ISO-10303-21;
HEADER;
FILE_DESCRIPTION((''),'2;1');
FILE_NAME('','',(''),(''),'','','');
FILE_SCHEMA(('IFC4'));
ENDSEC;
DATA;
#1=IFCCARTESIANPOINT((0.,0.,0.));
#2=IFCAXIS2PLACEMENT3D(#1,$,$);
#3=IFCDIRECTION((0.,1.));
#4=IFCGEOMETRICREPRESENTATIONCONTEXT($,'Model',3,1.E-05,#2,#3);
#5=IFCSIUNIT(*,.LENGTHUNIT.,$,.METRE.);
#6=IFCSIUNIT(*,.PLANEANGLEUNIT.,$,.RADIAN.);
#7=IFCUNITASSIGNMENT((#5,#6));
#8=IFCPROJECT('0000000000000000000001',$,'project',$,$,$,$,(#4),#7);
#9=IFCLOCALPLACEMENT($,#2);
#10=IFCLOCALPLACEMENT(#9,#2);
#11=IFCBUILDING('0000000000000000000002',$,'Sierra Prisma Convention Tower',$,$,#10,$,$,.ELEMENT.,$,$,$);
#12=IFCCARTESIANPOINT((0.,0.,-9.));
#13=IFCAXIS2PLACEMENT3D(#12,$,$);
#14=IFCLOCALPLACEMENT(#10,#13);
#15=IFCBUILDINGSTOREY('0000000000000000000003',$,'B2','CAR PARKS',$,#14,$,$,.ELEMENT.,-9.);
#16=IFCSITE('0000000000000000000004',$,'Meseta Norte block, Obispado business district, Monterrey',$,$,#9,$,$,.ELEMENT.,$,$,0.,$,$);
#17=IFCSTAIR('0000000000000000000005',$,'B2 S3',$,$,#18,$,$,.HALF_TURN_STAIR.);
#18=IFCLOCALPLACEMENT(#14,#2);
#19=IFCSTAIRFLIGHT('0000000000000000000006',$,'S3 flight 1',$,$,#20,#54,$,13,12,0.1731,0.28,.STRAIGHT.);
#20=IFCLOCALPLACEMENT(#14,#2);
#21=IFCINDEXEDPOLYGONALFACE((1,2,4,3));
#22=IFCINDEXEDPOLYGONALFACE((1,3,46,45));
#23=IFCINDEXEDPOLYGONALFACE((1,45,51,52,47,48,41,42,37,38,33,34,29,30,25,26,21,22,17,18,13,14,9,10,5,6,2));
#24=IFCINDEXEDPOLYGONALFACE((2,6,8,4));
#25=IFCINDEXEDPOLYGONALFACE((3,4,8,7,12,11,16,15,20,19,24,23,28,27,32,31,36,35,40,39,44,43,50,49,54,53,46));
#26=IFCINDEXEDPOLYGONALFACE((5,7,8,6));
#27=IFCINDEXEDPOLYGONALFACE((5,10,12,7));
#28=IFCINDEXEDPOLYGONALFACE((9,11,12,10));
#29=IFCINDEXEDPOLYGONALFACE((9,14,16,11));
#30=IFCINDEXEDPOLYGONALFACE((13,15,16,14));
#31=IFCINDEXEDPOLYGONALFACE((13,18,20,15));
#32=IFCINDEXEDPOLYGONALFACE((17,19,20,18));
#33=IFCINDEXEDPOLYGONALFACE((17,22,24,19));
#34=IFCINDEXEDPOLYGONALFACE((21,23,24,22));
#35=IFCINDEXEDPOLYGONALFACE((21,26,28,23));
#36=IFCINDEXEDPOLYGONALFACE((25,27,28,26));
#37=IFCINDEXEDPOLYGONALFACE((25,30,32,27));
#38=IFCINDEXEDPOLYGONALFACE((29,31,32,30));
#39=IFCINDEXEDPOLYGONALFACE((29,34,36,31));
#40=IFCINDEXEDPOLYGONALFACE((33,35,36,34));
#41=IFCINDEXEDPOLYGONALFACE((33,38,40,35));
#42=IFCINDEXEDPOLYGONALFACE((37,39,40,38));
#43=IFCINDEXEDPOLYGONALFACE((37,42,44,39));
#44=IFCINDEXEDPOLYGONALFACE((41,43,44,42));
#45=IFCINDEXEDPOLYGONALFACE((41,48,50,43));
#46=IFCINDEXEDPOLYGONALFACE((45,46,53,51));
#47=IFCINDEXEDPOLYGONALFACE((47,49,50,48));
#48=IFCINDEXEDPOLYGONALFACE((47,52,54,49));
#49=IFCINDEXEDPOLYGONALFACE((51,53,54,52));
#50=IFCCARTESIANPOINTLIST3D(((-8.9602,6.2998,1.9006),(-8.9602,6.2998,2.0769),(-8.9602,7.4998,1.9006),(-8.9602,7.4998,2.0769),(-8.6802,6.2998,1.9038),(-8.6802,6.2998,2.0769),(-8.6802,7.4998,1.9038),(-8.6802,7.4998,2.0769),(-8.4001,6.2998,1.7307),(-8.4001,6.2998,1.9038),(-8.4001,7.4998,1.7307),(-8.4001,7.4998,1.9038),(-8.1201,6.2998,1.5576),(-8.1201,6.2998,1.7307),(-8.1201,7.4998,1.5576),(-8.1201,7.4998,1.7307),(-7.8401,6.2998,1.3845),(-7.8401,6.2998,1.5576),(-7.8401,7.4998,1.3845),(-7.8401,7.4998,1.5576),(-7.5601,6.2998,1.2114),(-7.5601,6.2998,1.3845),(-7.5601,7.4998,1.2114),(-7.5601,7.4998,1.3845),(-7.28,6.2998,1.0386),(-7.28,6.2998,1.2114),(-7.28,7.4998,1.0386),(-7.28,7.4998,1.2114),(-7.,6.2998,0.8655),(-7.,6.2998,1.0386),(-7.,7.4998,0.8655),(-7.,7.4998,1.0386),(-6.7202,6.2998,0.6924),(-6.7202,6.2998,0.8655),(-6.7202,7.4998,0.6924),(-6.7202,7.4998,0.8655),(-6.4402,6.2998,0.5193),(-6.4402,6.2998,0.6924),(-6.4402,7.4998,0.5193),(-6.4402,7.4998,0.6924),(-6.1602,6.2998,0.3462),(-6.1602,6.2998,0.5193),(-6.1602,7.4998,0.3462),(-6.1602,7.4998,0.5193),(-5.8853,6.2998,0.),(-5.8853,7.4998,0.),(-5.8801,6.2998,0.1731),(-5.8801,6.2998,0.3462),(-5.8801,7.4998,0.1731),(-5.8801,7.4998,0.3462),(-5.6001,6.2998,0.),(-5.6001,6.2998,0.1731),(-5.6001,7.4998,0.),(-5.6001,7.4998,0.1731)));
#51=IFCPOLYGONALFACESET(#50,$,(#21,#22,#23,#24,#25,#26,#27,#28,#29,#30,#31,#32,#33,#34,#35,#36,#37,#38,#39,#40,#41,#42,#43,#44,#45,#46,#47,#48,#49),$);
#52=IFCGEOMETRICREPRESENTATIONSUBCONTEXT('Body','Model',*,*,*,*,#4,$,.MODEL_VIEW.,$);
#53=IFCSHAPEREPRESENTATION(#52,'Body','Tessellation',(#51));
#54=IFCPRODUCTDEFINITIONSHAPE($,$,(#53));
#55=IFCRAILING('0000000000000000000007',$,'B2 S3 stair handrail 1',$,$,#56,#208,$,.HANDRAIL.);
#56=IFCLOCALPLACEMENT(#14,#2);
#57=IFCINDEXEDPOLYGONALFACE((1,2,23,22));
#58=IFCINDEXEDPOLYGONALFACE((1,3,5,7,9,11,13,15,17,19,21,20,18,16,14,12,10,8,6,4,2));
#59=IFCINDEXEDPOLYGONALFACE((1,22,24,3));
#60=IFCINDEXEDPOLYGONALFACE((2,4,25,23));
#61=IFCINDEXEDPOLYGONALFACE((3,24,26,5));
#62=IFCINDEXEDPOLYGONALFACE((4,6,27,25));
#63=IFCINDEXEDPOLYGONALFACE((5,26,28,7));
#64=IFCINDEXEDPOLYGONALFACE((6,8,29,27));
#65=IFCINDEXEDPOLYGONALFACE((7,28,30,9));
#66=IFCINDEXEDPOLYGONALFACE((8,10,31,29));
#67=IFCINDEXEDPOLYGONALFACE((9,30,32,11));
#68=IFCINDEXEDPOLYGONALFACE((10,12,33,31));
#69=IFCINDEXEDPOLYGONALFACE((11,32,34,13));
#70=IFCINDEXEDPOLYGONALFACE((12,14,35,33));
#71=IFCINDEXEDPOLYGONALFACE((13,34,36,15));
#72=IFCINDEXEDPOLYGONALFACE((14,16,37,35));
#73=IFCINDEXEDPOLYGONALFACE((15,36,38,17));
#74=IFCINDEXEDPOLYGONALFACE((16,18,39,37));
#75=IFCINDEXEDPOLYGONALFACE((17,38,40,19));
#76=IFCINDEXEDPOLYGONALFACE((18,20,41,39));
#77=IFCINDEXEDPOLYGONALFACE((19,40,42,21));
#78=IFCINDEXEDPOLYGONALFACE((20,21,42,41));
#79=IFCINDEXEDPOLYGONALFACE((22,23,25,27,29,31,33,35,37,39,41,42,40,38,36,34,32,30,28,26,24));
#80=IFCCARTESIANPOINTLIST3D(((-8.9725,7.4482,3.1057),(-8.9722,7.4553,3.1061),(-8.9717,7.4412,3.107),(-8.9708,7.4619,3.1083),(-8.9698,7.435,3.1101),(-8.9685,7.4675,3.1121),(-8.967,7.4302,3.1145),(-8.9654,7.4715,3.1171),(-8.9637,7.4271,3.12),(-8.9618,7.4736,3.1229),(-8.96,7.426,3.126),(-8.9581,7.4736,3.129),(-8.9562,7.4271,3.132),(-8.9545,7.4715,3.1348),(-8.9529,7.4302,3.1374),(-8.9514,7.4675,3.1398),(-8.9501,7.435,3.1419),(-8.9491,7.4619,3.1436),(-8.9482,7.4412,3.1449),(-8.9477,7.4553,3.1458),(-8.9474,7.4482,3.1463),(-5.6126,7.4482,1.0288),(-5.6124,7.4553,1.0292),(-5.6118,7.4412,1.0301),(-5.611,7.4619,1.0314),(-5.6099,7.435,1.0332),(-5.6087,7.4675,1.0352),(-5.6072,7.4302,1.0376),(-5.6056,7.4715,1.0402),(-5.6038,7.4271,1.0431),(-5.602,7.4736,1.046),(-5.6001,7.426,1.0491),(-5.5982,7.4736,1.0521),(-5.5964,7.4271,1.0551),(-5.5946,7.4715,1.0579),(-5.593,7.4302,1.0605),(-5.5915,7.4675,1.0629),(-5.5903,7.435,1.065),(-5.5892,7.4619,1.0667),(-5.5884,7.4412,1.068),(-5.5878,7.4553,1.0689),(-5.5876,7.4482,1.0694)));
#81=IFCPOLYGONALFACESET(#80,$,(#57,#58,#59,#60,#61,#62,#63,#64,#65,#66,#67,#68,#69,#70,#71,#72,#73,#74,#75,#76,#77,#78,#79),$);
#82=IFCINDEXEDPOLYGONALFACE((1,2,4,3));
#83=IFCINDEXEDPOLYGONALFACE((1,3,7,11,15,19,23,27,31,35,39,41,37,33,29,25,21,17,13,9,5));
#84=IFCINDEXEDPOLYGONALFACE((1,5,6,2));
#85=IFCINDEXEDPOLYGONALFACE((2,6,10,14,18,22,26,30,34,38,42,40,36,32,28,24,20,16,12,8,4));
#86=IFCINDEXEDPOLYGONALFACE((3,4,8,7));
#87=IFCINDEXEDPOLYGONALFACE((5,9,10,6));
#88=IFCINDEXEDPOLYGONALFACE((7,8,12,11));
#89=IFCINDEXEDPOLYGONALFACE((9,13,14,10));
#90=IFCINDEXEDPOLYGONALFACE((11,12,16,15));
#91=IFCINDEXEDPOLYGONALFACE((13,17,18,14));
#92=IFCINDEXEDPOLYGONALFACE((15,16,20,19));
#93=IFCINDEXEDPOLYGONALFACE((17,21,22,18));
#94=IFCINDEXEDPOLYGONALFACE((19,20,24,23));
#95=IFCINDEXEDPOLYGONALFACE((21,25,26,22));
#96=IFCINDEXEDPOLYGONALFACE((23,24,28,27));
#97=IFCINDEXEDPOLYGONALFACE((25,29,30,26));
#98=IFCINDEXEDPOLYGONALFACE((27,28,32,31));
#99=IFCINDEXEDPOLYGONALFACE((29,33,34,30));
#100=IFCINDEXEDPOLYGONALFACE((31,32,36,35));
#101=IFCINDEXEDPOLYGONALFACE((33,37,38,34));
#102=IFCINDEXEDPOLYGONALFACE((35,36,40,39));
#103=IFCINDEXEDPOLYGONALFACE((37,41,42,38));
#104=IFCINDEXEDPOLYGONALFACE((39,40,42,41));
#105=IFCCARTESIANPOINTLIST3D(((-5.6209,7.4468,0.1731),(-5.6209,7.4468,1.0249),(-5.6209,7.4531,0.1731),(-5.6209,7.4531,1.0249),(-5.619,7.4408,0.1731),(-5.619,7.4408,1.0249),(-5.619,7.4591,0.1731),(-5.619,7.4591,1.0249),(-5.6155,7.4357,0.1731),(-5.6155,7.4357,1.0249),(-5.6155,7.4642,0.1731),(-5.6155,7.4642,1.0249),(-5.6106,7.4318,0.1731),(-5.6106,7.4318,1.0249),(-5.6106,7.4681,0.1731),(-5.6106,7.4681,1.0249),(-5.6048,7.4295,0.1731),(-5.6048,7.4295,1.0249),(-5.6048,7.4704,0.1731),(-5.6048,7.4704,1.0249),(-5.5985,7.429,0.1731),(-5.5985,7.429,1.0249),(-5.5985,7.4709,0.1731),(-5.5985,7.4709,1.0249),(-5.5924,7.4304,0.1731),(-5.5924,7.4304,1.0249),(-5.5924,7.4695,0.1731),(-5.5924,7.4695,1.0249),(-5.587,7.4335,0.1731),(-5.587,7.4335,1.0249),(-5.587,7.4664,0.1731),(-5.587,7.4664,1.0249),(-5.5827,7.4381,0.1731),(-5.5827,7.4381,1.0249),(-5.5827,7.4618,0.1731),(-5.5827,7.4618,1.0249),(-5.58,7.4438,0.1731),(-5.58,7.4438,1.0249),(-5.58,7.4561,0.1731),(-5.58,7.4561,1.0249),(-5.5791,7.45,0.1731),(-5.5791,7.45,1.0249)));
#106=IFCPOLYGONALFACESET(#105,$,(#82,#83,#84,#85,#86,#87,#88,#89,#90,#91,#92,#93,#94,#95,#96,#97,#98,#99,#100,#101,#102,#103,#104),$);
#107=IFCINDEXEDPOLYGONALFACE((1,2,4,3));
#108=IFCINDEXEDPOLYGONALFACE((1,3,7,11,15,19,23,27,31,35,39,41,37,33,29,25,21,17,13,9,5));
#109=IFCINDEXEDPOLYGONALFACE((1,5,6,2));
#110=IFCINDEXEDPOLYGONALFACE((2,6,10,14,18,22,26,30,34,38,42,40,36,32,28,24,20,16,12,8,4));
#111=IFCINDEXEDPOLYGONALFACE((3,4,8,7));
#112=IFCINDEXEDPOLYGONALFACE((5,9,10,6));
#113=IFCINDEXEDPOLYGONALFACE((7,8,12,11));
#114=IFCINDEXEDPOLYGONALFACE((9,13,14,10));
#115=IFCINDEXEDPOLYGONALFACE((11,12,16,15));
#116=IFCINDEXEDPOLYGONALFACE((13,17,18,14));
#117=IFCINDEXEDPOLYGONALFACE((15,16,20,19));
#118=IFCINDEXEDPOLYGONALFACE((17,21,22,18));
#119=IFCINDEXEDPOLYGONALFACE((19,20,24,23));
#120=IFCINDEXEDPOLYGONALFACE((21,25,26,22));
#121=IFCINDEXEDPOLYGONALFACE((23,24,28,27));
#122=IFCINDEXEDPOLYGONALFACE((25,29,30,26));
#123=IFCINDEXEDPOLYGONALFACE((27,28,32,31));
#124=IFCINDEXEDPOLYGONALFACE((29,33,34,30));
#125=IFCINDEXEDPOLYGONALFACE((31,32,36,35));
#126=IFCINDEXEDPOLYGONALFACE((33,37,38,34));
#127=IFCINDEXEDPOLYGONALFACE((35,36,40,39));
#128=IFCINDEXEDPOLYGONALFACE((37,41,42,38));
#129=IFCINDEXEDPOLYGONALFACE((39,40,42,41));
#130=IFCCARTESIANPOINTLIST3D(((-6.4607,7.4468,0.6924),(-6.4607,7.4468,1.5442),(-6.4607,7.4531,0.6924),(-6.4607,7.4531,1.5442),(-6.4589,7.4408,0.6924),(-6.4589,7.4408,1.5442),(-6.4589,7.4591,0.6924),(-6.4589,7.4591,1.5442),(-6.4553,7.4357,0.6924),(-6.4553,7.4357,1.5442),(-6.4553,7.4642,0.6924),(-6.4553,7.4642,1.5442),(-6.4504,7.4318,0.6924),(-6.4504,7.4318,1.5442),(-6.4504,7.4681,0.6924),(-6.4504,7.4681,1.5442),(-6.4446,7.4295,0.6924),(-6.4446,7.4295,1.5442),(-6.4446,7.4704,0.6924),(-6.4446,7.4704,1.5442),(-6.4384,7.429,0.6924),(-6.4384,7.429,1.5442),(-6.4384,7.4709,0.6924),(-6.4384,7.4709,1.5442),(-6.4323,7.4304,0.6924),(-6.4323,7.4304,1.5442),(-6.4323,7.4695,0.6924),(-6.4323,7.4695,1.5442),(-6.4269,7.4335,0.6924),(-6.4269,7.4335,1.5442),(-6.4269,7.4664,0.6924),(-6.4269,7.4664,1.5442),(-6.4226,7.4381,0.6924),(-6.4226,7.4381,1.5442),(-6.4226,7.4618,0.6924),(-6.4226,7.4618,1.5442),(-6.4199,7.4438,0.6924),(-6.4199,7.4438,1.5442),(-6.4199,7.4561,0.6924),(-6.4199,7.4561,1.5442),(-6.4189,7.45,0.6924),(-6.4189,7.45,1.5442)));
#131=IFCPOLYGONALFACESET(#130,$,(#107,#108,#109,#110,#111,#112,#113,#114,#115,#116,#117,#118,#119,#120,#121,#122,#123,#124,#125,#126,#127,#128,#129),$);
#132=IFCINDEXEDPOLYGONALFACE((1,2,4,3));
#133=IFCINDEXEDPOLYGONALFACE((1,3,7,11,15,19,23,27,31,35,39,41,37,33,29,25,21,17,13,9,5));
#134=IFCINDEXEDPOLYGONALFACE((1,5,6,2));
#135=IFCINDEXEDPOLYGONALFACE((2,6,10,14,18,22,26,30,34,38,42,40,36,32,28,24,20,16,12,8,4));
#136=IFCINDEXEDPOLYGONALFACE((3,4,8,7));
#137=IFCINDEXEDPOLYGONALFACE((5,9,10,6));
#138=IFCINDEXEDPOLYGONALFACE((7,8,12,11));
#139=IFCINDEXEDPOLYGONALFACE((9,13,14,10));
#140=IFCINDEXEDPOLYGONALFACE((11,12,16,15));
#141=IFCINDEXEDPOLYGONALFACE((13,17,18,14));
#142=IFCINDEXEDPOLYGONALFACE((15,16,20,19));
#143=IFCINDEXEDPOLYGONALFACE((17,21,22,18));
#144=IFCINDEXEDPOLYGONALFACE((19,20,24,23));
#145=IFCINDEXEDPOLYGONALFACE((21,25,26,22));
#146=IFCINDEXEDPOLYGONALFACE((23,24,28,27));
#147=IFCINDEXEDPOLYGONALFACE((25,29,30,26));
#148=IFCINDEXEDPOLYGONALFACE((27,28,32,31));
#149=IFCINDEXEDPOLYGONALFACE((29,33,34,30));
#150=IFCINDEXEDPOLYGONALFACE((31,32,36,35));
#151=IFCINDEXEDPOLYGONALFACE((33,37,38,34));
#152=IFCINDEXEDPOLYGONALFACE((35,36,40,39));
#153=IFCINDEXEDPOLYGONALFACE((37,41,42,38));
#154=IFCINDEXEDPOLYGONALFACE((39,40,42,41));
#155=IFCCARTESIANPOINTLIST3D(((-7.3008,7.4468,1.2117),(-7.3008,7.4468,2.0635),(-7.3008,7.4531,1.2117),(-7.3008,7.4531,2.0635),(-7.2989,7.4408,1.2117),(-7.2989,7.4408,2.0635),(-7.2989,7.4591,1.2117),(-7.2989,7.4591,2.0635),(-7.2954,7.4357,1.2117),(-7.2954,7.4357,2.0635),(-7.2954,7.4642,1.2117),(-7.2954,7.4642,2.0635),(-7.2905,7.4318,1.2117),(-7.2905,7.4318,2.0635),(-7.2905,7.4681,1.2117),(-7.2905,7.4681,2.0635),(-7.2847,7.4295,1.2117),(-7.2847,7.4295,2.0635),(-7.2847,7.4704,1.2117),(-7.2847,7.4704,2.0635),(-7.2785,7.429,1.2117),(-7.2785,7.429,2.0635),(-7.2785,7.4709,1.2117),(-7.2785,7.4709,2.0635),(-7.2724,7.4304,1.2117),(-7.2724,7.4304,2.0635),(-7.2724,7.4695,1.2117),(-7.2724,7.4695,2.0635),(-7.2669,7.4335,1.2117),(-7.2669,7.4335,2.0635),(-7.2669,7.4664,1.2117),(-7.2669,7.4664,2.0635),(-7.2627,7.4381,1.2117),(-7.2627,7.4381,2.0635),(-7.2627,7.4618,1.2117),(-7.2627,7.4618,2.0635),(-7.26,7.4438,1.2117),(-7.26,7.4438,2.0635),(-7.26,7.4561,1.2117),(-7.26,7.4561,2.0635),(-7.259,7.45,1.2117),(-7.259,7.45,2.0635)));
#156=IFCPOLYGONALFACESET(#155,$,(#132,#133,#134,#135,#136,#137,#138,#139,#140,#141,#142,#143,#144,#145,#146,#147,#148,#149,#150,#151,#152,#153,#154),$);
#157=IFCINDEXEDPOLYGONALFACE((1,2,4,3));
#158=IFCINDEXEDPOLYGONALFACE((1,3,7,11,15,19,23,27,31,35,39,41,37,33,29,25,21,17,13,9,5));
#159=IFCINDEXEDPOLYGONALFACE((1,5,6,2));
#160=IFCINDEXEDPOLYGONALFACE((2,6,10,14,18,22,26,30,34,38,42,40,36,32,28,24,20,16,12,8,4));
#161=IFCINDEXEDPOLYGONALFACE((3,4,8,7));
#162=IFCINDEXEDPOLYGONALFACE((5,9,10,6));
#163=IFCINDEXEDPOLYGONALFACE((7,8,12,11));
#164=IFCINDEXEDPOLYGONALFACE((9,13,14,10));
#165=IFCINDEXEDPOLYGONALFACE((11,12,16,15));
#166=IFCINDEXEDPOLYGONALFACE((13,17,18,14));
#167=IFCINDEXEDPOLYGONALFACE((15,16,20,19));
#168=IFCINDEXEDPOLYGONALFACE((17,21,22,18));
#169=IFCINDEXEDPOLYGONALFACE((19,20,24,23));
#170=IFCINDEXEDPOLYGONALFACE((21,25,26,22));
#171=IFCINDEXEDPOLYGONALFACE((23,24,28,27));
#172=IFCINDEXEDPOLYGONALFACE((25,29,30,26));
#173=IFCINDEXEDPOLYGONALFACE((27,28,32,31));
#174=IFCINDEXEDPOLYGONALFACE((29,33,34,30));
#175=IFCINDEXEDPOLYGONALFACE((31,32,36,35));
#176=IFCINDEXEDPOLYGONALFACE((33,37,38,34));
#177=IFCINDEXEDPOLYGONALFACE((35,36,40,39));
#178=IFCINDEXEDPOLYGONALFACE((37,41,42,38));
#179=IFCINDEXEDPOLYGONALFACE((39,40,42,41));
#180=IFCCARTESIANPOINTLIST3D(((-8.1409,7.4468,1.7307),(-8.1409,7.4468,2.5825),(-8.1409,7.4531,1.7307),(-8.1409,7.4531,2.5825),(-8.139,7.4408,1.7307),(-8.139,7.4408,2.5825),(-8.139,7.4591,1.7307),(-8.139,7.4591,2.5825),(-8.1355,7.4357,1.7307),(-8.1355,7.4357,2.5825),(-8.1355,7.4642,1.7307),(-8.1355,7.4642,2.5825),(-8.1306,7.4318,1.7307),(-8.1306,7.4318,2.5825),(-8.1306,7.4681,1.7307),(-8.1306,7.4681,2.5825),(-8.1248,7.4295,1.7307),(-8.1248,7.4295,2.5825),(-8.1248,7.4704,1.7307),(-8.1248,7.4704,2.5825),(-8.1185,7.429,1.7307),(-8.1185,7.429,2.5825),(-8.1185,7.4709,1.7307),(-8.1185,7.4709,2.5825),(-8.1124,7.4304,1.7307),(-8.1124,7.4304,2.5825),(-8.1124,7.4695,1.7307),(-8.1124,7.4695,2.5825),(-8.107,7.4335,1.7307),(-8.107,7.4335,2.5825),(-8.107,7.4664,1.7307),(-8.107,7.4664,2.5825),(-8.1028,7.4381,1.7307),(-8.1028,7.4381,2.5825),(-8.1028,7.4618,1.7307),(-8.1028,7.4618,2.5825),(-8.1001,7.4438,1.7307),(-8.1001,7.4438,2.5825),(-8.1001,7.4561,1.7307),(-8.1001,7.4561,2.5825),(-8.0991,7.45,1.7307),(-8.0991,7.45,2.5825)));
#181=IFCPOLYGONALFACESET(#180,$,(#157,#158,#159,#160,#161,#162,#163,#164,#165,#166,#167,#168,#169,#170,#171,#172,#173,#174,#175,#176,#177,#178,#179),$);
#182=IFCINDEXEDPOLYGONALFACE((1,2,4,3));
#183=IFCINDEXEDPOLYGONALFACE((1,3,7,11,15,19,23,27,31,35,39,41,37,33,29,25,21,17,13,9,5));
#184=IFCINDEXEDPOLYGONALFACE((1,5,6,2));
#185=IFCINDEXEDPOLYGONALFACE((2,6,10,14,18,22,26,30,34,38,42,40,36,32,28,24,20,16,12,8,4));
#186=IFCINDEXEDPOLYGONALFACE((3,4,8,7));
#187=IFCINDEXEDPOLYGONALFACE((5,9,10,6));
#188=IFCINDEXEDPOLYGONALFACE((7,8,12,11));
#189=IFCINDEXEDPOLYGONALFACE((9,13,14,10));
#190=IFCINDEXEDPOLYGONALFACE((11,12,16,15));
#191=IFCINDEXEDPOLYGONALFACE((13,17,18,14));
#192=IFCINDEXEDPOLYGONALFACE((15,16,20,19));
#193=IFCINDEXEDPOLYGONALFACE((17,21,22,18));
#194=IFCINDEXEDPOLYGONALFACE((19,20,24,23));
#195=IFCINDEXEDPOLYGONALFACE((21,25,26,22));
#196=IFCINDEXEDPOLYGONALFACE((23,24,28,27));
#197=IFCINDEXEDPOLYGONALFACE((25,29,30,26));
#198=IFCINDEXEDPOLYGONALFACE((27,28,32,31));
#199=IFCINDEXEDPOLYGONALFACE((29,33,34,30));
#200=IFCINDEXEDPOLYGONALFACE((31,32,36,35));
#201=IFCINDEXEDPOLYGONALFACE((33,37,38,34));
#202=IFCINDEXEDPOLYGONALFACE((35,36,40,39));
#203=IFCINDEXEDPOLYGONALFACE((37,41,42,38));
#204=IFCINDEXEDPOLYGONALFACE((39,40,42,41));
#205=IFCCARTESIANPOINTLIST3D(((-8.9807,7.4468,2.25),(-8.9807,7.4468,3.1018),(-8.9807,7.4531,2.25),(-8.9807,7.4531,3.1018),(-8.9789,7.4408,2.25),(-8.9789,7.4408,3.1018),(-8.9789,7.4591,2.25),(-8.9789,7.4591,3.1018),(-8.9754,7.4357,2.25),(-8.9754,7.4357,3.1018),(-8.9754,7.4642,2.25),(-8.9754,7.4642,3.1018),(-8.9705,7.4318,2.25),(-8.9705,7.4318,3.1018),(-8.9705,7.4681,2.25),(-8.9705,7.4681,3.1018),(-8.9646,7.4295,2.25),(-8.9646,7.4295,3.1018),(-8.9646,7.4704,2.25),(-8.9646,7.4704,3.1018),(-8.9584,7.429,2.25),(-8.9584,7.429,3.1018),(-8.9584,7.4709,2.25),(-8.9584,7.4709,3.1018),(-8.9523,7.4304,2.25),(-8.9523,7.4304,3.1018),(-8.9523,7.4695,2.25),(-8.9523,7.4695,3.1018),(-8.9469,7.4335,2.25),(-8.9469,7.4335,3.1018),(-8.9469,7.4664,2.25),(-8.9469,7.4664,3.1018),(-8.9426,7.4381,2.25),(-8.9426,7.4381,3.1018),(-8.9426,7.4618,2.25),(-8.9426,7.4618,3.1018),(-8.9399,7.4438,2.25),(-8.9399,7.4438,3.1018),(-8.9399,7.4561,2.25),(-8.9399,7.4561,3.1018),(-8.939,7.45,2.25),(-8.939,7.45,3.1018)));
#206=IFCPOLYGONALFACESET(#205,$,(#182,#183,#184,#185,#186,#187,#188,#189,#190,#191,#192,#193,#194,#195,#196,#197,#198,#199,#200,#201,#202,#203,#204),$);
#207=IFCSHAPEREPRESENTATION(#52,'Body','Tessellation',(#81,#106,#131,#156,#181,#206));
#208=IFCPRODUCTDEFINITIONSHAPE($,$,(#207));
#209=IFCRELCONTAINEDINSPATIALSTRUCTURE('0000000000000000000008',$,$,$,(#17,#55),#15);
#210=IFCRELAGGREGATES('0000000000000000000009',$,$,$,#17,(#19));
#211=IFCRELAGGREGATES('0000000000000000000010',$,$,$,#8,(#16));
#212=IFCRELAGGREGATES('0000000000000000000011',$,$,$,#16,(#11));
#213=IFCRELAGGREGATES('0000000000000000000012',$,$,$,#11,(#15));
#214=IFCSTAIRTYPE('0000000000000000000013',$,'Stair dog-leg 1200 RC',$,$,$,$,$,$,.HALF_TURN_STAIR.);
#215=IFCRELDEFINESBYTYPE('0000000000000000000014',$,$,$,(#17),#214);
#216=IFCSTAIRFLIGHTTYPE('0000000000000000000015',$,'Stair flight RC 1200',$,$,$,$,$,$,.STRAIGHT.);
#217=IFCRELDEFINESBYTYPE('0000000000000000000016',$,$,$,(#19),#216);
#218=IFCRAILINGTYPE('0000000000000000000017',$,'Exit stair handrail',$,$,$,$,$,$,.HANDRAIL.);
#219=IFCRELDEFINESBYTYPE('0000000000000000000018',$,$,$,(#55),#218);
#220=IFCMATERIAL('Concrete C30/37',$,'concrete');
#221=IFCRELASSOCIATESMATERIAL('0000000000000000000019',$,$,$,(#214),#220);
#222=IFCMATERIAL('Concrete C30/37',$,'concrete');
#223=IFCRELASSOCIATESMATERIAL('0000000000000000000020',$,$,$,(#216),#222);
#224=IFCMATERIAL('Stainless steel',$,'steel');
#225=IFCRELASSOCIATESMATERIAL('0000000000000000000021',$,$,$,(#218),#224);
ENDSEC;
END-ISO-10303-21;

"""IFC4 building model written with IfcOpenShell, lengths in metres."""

from ifc_helpers import new_model, si_unit, direction, frame, origin, origin_2d, place, context, subcontext, project, spatial, polyline, circle, outline, extrude, material, type_object, element, aggregate, save


model = new_model("IFC4")

# Units and contexts
model_context = context("Model", 3, precision=1e-05, world=origin(), true_north=direction((0.0, 1.0)))
body_context = subcontext(model_context, "Body", "Model", "MODEL_VIEW")
ifc_project = project(units=[si_unit("LENGTHUNIT", "METRE"), si_unit("PLANEANGLEUNIT", "RADIAN")], contexts=[model_context])

# Site, building, storey
site_placement = place(None, origin())
site = spatial("IfcSite", under=ifc_project, at=site_placement, Name="Meseta Norte block, Obispado business district, Monterrey", CompositionType="ELEMENT", RefElevation=0.0)
building_placement = place(site_placement, origin())
building = spatial("IfcBuilding", under=site, at=building_placement, Name="Sierra Prisma Convention Tower", CompositionType="ELEMENT")
storey_placement = place(building_placement, frame((0.0, 0.0, -9.0)))
storey = spatial("IfcBuildingStorey", under=building, at=storey_placement, Name="B2", Description="CAR PARKS", CompositionType="ELEMENT", Elevation=-9.0)

# Stair, stair flight
ifc_material_1 = material(Name="Concrete C30/37", Category="concrete")
stair_type = type_object("IfcStairType", Name="Stair dog-leg 1200 RC", PredefinedType="HALF_TURN_STAIR", material=ifc_material_1)
stair_placement = place(storey_placement, origin())
stair = element("IfcStair", 1, at=stair_placement, inside=storey, type_object=stair_type, Name="B2 S3", PredefinedType="HALF_TURN_STAIR")
ifc_material_2 = material(Name="Concrete C30/37", Category="concrete")
stair_flight_type = type_object("IfcStairFlightType", Name="Stair flight RC 1200", PredefinedType="STRAIGHT", material=ifc_material_2)
stair_flight_placement = place(storey_placement, frame((-5.6001, 6.8999, 0.0), z_axis=(0.0, 0.0, 1.0), x_axis=(-1.0, 0.0, 0.0)))
stair_flight = element("IfcStairFlight", 2, at=stair_flight_placement, type_object=stair_flight_type, Name="S3 flight 1", NumberOfRisers=13, NumberOfTreads=12, PredefinedType="STRAIGHT", RiserHeight=0.1731, TreadLength=0.28, context=body_context, shape_type="SweptSolid", body=[
    extrude(outline(polyline([(0.0, 0.0), (0.0, 0.1731), (0.28, 0.1731), (0.28, 0.3462), (0.5601, 0.3462), (0.5601, 0.5193), (0.8401, 0.5193), (0.8401, 0.6924), (1.1201, 0.6924), (1.1201, 0.8655), (1.3999, 0.8655), (1.3999, 1.0386), (1.6799, 1.0386), (1.6799, 1.2114), (1.96, 1.2114), (1.96, 1.3845), (2.24, 1.3845), (2.24, 1.5576), (2.52, 1.5576), (2.52, 1.7307), (2.8, 1.7307), (2.8, 1.9038), (3.0801, 1.9038), (3.0801, 2.0769), (3.3601, 2.0769), (3.3601, 2.25), (3.3601, 1.9006), (0.2852, 0.0), (0.0, 0.0)])), frame((0.0, 0.6001, 0.0), z_axis=(0.0, -1.0, 0.0), x_axis=(1.0, 0.0, 0.0)), (0.0, 0.0, 1.0), 1.2),
])
aggregate(stair, [stair_flight])

# Railing
ifc_material_3 = material(Name="Stainless steel", Category="steel")
railing_type_1 = type_object("IfcRailingType", Name="Exit stair handrail", PredefinedType="HANDRAIL", material=ifc_material_3)
railing_1_placement = place(storey_placement, frame((-5.6001, 7.45, 0.1731)))
element("IfcRailing", 3, at=railing_1_placement, inside=storey, type_object=railing_type_1, Name="B2 S3 stair handrail 1", PredefinedType="HANDRAIL", context=body_context, shape_type="SweptSolid", body=[
    extrude(circle(Radius=0.0239, at=origin_2d()), frame((0.0, 0.0, 0.876), z_axis=(-0.850606, 0.0, 0.525803), x_axis=(0.0, -1.0, 0.0)), (0.0, 0.0, 1.0), 3.95),
    extrude(circle(Radius=0.021, at=origin_2d()), origin(), (0.0, 0.0, 1.0), 0.8518),
    extrude(circle(Radius=0.021, at=origin_2d()), frame((-0.8398, 0.0, 0.5193)), (0.0, 0.0, 1.0), 0.8518),
    extrude(circle(Radius=0.021, at=origin_2d()), frame((-1.6799, 0.0, 1.0386)), (0.0, 0.0, 1.0), 0.8518),
    extrude(circle(Radius=0.021, at=origin_2d()), frame((-2.52, 0.0, 1.5576)), (0.0, 0.0, 1.0), 0.8518),
    extrude(circle(Radius=0.021, at=origin_2d()), frame((-3.3599, 0.0, 2.0769)), (0.0, 0.0, 1.0), 0.8518),
])

save(model, "model.ifc")
